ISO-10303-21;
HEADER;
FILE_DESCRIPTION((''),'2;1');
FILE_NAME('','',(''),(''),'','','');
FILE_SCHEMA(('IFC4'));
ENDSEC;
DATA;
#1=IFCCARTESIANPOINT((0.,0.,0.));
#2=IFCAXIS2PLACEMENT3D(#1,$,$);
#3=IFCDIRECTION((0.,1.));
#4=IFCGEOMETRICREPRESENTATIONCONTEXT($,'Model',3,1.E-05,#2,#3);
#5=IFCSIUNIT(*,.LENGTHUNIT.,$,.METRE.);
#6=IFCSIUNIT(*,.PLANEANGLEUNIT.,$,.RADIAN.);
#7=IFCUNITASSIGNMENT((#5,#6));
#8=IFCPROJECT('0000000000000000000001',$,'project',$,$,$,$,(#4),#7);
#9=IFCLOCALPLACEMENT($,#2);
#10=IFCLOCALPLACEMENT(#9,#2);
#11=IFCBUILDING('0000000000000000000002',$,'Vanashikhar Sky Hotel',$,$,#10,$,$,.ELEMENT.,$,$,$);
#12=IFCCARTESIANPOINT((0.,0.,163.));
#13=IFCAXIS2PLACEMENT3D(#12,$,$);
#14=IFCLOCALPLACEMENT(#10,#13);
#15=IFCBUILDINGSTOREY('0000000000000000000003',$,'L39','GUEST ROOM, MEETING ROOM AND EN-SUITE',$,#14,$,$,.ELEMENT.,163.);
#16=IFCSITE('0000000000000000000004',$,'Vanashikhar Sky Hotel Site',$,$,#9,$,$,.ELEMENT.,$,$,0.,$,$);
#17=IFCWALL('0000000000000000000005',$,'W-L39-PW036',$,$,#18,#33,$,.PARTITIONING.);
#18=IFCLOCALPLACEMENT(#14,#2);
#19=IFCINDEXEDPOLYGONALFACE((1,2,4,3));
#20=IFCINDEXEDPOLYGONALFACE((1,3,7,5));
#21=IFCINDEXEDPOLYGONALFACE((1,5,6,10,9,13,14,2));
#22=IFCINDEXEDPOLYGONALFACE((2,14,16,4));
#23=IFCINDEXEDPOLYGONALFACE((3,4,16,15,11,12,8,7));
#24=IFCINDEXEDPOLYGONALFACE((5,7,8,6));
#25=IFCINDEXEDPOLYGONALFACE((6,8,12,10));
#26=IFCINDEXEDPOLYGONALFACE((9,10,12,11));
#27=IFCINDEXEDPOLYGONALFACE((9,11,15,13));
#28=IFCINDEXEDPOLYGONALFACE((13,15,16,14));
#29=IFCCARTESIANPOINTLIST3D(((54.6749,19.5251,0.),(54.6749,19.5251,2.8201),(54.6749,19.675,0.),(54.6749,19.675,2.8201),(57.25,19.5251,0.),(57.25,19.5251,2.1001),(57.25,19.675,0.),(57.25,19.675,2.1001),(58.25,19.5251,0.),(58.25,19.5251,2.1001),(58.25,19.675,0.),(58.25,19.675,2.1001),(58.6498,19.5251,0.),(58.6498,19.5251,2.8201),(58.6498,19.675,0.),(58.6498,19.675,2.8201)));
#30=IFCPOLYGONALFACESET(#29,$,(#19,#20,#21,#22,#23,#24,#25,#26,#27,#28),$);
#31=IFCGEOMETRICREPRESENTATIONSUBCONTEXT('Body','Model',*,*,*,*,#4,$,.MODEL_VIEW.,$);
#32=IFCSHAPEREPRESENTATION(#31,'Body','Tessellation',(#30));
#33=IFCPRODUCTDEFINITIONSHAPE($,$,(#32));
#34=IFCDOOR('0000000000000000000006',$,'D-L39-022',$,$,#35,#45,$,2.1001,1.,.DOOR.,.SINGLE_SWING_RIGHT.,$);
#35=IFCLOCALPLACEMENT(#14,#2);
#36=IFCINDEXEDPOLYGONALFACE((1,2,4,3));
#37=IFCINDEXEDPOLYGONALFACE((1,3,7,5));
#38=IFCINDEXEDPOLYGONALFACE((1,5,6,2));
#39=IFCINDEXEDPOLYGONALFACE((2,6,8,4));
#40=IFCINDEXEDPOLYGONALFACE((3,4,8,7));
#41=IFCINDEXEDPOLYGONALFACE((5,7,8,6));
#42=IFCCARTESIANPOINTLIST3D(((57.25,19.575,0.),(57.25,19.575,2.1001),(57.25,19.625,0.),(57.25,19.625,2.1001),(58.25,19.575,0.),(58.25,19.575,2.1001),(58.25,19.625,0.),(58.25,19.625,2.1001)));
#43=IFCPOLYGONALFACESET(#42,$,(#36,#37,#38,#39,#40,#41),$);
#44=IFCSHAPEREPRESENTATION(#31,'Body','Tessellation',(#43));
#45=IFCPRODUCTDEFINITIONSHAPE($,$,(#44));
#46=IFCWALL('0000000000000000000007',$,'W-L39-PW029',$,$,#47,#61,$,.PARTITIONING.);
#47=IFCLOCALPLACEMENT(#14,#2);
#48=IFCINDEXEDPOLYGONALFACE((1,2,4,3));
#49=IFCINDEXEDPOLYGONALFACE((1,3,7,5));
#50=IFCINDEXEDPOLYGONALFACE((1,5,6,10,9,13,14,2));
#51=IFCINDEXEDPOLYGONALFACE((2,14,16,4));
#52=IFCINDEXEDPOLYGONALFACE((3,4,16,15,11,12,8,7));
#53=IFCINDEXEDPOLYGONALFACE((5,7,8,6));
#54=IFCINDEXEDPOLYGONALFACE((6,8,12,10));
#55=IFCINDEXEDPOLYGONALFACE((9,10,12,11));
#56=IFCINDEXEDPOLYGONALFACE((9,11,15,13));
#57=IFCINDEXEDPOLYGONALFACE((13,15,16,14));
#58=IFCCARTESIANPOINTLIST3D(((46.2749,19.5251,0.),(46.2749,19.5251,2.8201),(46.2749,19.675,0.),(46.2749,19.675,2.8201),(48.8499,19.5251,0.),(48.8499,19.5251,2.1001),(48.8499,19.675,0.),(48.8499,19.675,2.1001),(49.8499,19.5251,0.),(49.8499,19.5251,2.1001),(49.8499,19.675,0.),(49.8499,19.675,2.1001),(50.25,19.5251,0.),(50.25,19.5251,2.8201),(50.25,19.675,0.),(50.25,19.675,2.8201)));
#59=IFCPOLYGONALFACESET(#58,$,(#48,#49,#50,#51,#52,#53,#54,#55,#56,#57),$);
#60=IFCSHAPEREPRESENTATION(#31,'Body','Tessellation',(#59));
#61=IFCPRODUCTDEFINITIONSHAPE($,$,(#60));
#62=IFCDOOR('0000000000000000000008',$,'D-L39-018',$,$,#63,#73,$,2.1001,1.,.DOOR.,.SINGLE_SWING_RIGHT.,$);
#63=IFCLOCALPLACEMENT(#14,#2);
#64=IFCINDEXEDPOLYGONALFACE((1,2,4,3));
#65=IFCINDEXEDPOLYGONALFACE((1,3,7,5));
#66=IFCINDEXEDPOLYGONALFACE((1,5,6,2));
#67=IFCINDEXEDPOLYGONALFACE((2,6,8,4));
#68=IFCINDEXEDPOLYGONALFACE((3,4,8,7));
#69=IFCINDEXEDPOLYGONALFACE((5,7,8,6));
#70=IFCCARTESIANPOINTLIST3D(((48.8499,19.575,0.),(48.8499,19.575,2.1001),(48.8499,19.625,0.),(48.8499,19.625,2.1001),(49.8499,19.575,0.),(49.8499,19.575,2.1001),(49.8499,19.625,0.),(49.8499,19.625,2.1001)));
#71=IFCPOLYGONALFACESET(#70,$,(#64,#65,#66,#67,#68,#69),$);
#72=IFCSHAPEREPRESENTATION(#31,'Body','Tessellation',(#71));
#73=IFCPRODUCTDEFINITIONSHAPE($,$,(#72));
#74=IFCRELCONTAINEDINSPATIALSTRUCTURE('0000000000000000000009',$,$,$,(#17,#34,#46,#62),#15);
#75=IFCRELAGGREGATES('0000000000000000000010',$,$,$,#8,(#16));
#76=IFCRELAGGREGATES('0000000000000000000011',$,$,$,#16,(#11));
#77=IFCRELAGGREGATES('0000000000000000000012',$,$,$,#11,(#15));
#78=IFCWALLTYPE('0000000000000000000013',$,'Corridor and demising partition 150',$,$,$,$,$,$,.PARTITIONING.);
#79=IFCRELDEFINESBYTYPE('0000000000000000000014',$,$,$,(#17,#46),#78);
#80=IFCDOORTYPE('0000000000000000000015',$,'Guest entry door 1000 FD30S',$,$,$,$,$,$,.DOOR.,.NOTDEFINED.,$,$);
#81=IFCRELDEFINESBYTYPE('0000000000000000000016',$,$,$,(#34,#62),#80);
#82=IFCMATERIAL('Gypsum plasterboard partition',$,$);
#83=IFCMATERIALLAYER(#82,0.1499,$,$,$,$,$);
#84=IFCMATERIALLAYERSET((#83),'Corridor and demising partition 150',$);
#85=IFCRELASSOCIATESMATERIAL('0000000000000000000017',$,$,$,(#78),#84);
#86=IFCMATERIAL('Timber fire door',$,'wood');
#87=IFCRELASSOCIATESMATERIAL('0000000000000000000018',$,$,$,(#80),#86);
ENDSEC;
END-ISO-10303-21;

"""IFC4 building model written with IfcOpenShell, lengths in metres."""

from ifc_helpers import new_model, si_unit, direction, frame, frame_2d, origin, place, context, subcontext, project, spatial, rectangle, extrude, source, transform, mapped, material, layer, layer_set, type_object, element, fill, save


model = new_model("IFC4")

# Units and contexts
model_context = context("Model", 3, precision=1e-05, world=origin(), true_north=direction((0.0, 1.0)))
body_context = subcontext(model_context, "Body", "Model", "MODEL_VIEW")
ifc_project = project(units=[si_unit("LENGTHUNIT", "METRE"), si_unit("PLANEANGLEUNIT", "RADIAN")], contexts=[model_context])

# Site, building, storey
site_placement = place(None, origin())
site = spatial("IfcSite", under=ifc_project, at=site_placement, Name="Vanashikhar Sky Hotel Site", CompositionType="ELEMENT", RefElevation=0.0)
building_placement = place(site_placement, origin())
building = spatial("IfcBuilding", under=site, at=building_placement, Name="Vanashikhar Sky Hotel", CompositionType="ELEMENT")
storey_placement = place(building_placement, frame((0.0, 0.0, 163.0)))
storey = spatial("IfcBuildingStorey", under=building, at=storey_placement, Name="L39", Description="GUEST ROOM, MEETING ROOM AND EN-SUITE", CompositionType="ELEMENT", Elevation=163.0)

# Shared definitions
shared_shape_1 = source(origin(), body_context, "Body", "SweptSolid", [
    extrude(rectangle(XDim=1.0, YDim=2.1001, at=frame_2d((0.5, 1.05))), frame((0.0, 0.0249, 0.0), z_axis=(0.0, -1.0, 0.0), x_axis=(1.0, 0.0, 0.0)), (0.0, 0.0, 1.0), 0.05),
])

# Walls, openings, doors
ifc_material_1 = material(Name="Gypsum plasterboard partition")
ifc_layer_1 = layer(ifc_material_1, 0.1499)
ifc_layer_set_1 = layer_set([ifc_layer_1], Name="Corridor and demising partition 150")
wall_type_1 = type_object("IfcWallType", Name="Corridor and demising partition 150", PredefinedType="PARTITIONING", material=ifc_layer_set_1)
shared_shape_2 = source(origin(), body_context, "Body", "SweptSolid", [
    extrude(rectangle(XDim=3.9749, YDim=0.1499, at=frame_2d((1.9873, 0.0))), origin(), (0.0, 0.0, 1.0), 2.8201),
])
shared_shape_3 = source(origin(), body_context, "Body", "SweptSolid", [
    extrude(rectangle(XDim=1.0, YDim=2.1001, at=frame_2d((0.5, 1.05))), frame((0.0, 0.085, 0.0), z_axis=(0.0, -1.0, 0.0), x_axis=(1.0, 0.0, 0.0)), (0.0, 0.0, 1.0), 0.1699),
])
ifc_material_2 = material(Name="Timber fire door", Category="wood")
door_type_1 = type_object("IfcDoorType", Name="Guest entry door 1000 FD30S", OperationType="NOTDEFINED", PredefinedType="DOOR", material=ifc_material_2)
wall_1_placement = place(storey_placement, frame((54.675, 19.6001, 0.0), z_axis=(0.0, 0.0, 1.0), x_axis=(1.0, 0.0, 0.0)))
wall_1 = element("IfcWall", 1, at=wall_1_placement, inside=storey, type_object=wall_type_1, Name="W-L39-PW036", PredefinedType="PARTITIONING", context=body_context, shape_type="MappedRepresentation", body=[
    mapped(shared_shape_2, transform((0.0, 0.0, 0.0), scale=1.0)),
])
opening_1_placement = place(wall_1_placement, frame((2.575, 0.0, 0.0)))
opening_1 = element("IfcOpeningElement", 2, at=opening_1_placement, cuts=wall_1, PredefinedType="OPENING", context=body_context, shape_type="MappedRepresentation", body=[
    mapped(shared_shape_3, transform((0.0, 0.0, 0.0), scale=1.0)),
])
door_1_placement = place(opening_1_placement, origin())
door_1 = element("IfcDoor", 3, at=door_1_placement, inside=storey, type_object=door_type_1, Name="D-L39-022", OperationType="SINGLE_SWING_RIGHT", OverallHeight=2.1001, OverallWidth=1.0, PredefinedType="DOOR", context=body_context, shape_type="MappedRepresentation", body=[
    mapped(shared_shape_1, transform((0.0, 0.0, 0.0), scale=1.0)),
])
fill(opening_1, door_1)
shared_shape_4 = source(origin(), body_context, "Body", "SweptSolid", [
    extrude(rectangle(XDim=3.9751, YDim=0.1499, at=frame_2d((1.9875, 0.0))), origin(), (0.0, 0.0, 1.0), 2.8201),
])
wall_2_placement = place(storey_placement, frame((46.2749, 19.6001, 0.0), z_axis=(0.0, 0.0, 1.0), x_axis=(1.0, 0.0, 0.0)))
wall_2 = element("IfcWall", 4, at=wall_2_placement, inside=storey, type_object=wall_type_1, Name="W-L39-PW029", PredefinedType="PARTITIONING", context=body_context, shape_type="MappedRepresentation", body=[
    mapped(shared_shape_4, transform((0.0, 0.0, 0.0), scale=1.0)),
])
opening_2_placement = place(wall_2_placement, frame((2.575, 0.0, 0.0)))
opening_2 = element("IfcOpeningElement", 5, at=opening_2_placement, cuts=wall_2, PredefinedType="OPENING", context=body_context, shape_type="MappedRepresentation", body=[
    mapped(shared_shape_3, transform((0.0, 0.0, 0.0), scale=1.0)),
])
door_2_placement = place(opening_2_placement, origin())
door_2 = element("IfcDoor", 6, at=door_2_placement, inside=storey, type_object=door_type_1, Name="D-L39-018", OperationType="SINGLE_SWING_RIGHT", OverallHeight=2.1001, OverallWidth=1.0, PredefinedType="DOOR", context=body_context, shape_type="MappedRepresentation", body=[
    mapped(shared_shape_1, transform((0.0, 0.0, 0.0), scale=1.0)),
])
fill(opening_2, door_2)

save(model, "model.ifc")
